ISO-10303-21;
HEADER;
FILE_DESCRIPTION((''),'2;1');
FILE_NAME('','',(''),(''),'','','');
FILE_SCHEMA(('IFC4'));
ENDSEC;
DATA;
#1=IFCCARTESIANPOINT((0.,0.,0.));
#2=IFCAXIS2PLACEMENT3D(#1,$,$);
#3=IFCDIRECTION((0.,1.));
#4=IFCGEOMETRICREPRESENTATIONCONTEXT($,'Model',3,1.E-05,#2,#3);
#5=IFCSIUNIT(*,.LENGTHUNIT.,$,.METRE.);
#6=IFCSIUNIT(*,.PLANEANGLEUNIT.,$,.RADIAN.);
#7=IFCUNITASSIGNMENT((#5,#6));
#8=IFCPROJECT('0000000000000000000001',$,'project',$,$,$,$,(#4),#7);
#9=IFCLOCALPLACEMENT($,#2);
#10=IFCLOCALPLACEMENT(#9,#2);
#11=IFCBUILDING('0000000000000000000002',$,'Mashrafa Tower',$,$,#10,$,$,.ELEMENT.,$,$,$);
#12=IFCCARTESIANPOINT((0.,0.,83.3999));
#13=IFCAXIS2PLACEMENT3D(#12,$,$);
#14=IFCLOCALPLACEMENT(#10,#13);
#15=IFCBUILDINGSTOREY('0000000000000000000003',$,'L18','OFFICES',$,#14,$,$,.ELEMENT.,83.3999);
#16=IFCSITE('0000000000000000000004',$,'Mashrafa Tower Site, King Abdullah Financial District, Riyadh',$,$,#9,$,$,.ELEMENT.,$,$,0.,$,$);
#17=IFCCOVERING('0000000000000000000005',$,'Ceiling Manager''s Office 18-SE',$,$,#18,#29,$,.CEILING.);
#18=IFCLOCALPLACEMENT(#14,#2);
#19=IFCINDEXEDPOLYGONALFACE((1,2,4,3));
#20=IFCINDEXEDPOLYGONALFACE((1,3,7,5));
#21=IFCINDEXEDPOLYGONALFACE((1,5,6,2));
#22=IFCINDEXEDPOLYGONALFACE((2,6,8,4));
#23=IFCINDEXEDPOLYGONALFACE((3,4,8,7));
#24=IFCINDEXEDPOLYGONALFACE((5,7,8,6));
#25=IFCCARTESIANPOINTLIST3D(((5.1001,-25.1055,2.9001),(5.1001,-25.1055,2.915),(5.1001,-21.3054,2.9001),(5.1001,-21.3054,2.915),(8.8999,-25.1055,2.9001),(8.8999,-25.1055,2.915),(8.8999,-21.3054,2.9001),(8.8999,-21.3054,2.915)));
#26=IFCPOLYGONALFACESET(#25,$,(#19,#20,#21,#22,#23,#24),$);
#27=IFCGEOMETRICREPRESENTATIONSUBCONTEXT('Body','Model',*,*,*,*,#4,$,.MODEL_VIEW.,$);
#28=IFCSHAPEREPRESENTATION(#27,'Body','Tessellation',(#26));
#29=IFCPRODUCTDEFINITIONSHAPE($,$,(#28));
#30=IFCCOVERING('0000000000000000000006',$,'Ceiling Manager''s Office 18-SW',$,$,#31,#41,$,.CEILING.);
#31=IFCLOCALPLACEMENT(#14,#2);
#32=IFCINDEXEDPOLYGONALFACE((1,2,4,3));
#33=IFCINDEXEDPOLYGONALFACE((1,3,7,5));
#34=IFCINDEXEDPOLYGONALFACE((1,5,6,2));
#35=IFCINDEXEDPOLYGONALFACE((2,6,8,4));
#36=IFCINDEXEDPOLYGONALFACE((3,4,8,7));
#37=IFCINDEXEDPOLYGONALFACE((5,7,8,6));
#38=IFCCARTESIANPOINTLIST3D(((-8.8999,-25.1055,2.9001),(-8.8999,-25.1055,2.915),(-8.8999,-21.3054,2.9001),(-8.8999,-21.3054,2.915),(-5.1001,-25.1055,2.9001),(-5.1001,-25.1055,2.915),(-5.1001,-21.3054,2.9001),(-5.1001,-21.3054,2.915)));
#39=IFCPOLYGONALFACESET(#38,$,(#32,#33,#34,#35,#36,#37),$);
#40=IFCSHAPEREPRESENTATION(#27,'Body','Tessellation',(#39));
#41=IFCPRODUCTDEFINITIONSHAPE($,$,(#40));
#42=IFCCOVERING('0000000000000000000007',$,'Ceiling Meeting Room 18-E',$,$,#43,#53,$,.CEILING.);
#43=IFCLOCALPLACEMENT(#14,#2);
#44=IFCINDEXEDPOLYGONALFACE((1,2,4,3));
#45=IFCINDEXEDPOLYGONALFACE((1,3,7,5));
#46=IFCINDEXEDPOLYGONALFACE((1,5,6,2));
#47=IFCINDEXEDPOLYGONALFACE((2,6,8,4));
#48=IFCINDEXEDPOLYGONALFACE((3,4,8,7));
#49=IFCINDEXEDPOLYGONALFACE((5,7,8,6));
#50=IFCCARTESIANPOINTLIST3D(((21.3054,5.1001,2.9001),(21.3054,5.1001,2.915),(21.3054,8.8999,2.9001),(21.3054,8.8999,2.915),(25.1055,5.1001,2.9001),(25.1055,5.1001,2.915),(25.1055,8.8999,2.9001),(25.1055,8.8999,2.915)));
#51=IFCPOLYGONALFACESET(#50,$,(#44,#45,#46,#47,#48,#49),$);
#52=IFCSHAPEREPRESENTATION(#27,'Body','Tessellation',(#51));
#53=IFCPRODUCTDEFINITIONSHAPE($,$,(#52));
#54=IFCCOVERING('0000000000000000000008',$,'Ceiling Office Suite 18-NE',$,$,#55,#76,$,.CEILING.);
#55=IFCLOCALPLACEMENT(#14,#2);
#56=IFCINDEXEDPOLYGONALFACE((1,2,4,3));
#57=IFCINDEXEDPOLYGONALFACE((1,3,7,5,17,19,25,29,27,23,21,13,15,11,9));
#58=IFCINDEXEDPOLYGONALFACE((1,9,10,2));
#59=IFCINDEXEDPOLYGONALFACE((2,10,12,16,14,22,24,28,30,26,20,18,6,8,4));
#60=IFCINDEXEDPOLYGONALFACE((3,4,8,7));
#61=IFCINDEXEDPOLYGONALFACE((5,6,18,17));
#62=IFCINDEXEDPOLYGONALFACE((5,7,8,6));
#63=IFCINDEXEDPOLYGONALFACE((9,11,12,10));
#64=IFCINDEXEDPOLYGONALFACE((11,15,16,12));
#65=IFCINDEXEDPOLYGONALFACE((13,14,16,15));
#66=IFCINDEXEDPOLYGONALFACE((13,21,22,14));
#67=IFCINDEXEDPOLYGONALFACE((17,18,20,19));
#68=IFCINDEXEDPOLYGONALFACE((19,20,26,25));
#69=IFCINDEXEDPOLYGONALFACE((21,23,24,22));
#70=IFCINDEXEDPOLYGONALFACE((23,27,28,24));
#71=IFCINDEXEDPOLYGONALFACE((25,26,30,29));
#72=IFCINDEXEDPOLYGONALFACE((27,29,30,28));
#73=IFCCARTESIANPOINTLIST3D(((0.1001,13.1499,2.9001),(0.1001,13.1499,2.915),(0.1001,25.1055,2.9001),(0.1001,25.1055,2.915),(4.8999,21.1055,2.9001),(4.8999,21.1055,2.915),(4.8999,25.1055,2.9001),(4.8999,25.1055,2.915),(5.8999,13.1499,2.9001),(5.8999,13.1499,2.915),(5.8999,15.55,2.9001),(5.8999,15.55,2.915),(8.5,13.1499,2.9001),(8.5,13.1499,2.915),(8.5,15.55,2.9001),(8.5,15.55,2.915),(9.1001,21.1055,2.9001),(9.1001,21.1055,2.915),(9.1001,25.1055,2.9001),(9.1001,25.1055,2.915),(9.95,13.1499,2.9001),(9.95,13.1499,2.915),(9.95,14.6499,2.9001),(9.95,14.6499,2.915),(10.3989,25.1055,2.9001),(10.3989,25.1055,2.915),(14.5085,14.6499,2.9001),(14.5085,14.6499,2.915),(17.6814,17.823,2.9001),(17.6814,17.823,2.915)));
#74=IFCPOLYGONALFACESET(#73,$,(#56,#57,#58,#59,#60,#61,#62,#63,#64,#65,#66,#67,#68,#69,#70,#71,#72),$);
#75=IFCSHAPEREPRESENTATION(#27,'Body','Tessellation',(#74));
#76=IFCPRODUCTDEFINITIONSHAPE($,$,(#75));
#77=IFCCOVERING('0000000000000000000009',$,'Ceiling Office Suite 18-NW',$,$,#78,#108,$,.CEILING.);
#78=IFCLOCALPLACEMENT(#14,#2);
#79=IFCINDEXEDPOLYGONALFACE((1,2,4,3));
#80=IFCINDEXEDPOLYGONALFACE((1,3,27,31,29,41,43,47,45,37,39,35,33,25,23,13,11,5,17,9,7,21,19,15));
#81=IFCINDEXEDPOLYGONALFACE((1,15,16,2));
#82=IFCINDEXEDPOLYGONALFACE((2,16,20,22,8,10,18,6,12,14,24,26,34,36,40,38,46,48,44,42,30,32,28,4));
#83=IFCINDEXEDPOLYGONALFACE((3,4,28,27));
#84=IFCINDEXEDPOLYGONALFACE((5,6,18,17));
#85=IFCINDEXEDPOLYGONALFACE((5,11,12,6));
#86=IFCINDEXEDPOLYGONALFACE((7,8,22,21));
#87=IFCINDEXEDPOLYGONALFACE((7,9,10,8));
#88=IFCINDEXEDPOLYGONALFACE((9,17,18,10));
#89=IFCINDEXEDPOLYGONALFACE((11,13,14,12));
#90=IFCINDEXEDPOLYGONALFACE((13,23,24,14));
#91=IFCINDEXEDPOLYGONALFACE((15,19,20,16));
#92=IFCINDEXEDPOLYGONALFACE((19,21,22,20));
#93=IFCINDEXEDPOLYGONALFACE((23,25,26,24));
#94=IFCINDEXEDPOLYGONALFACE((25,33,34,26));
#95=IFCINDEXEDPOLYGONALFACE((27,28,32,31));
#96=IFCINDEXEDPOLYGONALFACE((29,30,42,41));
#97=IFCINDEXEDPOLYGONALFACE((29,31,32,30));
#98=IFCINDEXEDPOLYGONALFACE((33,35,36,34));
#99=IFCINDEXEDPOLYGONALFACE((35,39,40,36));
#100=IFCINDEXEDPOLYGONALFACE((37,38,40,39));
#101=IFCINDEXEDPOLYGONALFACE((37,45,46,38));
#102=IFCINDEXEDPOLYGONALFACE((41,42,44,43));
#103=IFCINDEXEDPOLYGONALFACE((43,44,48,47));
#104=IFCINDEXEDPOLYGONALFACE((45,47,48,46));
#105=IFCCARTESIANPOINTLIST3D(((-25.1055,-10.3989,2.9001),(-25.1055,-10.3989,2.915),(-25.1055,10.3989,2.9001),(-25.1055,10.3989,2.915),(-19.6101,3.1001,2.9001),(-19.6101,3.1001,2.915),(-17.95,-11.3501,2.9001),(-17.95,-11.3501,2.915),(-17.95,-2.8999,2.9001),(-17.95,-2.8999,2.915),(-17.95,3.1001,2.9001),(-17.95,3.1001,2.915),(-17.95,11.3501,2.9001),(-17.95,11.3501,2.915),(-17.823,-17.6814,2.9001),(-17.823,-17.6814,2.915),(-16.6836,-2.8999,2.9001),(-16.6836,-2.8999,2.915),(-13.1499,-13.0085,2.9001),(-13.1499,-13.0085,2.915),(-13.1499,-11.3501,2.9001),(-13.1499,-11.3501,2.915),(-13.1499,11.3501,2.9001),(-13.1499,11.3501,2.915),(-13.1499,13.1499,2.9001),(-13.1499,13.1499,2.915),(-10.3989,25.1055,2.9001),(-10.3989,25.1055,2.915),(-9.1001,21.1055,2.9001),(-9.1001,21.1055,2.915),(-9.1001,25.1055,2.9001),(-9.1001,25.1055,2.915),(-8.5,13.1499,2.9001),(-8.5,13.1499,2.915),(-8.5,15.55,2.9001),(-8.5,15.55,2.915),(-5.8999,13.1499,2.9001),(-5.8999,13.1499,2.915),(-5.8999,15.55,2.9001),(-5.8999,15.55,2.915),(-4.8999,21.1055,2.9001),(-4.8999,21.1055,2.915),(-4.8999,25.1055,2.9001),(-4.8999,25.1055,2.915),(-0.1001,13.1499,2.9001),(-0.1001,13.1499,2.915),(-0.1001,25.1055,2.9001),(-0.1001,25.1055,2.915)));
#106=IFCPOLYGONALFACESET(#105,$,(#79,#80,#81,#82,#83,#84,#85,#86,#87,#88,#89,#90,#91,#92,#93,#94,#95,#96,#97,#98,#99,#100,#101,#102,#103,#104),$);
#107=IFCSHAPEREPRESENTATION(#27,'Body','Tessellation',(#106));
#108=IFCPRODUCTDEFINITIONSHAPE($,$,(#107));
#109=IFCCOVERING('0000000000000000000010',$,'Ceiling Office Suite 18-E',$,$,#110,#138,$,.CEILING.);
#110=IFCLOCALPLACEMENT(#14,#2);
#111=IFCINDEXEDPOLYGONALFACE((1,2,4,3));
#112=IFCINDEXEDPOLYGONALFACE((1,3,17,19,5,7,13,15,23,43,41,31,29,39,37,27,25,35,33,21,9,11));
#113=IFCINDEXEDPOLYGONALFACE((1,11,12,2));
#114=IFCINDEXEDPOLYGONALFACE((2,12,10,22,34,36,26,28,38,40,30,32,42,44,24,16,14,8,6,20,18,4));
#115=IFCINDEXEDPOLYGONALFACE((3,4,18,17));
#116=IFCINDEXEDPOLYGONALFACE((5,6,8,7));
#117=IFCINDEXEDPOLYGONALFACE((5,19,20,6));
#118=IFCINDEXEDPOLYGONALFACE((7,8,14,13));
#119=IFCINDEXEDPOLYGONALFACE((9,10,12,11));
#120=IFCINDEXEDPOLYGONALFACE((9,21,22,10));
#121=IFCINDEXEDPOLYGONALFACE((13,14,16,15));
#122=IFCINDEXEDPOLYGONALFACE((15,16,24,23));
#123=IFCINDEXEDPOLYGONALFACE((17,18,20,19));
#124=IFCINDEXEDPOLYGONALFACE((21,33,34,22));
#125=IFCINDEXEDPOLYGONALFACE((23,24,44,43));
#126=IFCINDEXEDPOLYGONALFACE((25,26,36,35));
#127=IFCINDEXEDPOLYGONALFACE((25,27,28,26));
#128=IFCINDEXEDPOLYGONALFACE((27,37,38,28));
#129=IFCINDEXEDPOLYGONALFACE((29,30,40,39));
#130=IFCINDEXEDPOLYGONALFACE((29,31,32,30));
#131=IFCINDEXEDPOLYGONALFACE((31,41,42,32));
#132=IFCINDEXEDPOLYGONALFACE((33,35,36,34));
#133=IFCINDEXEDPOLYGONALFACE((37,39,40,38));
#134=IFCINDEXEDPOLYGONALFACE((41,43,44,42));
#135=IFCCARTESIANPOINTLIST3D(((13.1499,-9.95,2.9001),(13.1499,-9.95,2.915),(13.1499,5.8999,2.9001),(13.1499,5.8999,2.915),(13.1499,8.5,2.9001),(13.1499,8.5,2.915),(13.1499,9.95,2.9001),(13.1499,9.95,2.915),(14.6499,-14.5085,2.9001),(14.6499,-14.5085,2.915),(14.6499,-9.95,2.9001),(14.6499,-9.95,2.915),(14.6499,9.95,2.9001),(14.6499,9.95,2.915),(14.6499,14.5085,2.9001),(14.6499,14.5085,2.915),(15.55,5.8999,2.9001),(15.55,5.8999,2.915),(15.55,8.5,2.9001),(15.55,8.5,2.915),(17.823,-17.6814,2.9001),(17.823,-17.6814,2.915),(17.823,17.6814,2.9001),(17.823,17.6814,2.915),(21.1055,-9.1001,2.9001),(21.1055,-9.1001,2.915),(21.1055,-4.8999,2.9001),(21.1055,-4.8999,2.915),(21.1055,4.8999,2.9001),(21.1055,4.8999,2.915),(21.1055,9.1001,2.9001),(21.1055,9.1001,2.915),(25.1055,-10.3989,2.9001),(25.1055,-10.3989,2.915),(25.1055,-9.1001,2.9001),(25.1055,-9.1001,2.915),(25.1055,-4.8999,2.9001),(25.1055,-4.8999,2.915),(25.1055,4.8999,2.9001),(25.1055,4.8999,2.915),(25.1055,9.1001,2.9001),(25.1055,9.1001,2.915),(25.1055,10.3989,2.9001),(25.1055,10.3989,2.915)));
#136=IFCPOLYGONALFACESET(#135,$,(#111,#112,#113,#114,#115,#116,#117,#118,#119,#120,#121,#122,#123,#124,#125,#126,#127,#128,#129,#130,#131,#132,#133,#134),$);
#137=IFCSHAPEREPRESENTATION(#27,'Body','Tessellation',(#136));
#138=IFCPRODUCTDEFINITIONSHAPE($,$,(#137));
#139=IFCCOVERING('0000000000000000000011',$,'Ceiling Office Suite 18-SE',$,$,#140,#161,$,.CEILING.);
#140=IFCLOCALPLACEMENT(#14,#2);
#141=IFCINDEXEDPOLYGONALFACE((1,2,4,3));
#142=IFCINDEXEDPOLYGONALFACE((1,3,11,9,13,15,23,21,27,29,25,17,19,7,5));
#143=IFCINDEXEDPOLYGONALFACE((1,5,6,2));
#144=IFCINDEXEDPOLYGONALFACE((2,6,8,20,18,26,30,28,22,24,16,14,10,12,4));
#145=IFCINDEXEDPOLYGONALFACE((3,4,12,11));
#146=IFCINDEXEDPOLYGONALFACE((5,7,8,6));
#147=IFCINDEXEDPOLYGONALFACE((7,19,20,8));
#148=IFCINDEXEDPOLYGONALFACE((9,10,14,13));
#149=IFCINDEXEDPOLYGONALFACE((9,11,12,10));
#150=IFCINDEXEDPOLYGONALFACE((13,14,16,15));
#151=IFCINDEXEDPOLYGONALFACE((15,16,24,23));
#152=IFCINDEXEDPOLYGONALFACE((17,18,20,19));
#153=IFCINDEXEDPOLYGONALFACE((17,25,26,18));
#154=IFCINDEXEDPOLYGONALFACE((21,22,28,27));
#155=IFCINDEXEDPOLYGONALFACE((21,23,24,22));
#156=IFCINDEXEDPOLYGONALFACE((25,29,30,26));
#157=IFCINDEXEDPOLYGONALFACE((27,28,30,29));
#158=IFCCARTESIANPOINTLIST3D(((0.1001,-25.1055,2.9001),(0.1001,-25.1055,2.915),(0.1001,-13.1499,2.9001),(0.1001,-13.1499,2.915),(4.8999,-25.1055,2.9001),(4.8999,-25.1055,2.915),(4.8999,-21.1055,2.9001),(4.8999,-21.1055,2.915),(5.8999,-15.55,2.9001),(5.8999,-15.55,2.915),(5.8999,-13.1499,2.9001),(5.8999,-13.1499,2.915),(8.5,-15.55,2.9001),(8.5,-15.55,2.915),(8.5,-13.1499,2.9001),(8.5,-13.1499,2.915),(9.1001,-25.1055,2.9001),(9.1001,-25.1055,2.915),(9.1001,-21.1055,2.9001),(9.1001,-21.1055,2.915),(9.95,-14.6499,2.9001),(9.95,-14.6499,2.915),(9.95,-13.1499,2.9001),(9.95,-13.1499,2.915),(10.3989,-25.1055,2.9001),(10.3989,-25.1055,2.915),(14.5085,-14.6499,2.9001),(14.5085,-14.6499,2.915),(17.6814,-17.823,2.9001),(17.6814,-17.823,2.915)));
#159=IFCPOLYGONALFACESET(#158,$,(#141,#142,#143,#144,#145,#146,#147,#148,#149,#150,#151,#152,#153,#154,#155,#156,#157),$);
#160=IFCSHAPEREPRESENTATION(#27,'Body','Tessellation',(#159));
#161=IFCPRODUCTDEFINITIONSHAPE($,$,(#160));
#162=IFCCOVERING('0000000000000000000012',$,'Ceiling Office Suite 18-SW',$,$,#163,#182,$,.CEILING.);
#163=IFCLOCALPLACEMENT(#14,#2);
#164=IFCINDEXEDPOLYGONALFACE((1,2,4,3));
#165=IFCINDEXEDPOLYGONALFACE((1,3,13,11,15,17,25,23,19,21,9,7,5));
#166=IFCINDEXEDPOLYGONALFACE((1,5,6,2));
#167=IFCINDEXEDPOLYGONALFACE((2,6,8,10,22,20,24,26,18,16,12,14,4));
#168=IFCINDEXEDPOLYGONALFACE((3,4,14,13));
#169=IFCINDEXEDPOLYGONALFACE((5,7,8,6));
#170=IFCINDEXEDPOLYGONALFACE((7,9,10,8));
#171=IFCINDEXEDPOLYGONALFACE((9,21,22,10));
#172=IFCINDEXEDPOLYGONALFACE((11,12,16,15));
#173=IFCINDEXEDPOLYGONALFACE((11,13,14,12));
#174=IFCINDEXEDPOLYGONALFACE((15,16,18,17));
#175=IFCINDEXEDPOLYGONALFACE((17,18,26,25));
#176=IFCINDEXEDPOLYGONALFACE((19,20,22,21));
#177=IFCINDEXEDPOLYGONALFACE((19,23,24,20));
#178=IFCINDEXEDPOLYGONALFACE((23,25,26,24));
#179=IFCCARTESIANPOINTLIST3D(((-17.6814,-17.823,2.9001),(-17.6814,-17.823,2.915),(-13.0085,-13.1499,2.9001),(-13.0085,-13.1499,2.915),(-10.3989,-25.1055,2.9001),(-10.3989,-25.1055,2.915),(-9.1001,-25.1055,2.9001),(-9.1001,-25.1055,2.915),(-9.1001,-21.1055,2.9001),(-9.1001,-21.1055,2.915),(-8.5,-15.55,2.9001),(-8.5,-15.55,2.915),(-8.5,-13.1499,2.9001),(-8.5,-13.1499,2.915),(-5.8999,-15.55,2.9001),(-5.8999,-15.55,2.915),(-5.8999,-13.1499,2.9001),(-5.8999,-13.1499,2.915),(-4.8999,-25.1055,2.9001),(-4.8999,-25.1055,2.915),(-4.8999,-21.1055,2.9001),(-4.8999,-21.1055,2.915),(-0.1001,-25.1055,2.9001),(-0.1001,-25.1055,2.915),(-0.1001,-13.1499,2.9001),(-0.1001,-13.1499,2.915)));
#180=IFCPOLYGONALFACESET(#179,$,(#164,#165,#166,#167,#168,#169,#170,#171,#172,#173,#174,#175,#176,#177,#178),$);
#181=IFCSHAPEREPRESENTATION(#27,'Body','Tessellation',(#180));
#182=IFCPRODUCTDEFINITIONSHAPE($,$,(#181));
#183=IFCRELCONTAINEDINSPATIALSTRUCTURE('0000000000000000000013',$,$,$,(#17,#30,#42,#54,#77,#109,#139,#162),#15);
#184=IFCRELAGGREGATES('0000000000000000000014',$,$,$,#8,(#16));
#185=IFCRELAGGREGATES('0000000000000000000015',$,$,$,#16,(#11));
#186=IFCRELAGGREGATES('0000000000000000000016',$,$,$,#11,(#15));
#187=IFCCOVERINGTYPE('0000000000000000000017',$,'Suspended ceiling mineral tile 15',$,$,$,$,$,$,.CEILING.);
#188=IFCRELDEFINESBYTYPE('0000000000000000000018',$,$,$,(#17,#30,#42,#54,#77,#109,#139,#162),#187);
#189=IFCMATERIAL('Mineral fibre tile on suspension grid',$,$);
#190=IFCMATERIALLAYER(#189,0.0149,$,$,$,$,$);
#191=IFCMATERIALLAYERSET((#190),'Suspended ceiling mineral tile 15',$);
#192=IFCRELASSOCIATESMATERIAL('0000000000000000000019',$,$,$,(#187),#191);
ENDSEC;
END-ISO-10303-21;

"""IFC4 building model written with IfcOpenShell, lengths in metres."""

from ifc_helpers import new_model, si_unit, direction, frame, origin, place, context, subcontext, project, spatial, polyline, outline, extrude, material, layer, layer_set, type_object, element, save


model = new_model("IFC4")

# Units and contexts
model_context = context("Model", 3, precision=1e-05, world=origin(), true_north=direction((0.0, 1.0)))
body_context = subcontext(model_context, "Body", "Model", "MODEL_VIEW")
ifc_project = project(units=[si_unit("LENGTHUNIT", "METRE"), si_unit("PLANEANGLEUNIT", "RADIAN")], contexts=[model_context])

# Site, building, storey
site_placement = place(None, origin())
site = spatial("IfcSite", under=ifc_project, at=site_placement, Name="Mashrafa Tower Site, King Abdullah Financial District, Riyadh", CompositionType="ELEMENT", RefElevation=0.0)
building_placement = place(site_placement, origin())
building = spatial("IfcBuilding", under=site, at=building_placement, Name="Mashrafa Tower", CompositionType="ELEMENT")
storey_placement = place(building_placement, frame((0.0, 0.0, 83.3999)))
storey = spatial("IfcBuildingStorey", under=building, at=storey_placement, Name="L18", Description="OFFICES", CompositionType="ELEMENT", Elevation=83.3999)

# Coverings
ifc_material_1 = material(Name="Mineral fibre tile on suspension grid")
ifc_layer_1 = layer(ifc_material_1, 0.0149)
ifc_layer_set_1 = layer_set([ifc_layer_1], Name="Suspended ceiling mineral tile 15")
covering_type = type_object("IfcCoveringType", Name="Suspended ceiling mineral tile 15", PredefinedType="CEILING", material=ifc_layer_set_1)
covering_1_placement = place(storey_placement, frame((0.0, 0.0, 2.9001)))
element("IfcCovering", 1, at=covering_1_placement, inside=storey, type_object=covering_type, Name="Ceiling Manager's Office 18-SE", PredefinedType="CEILING", context=body_context, shape_type="SweptSolid", body=[
    extrude(outline(polyline([(5.1001, -21.3054), (8.8999, -21.3054), (8.8999, -25.1055), (5.1001, -25.1055), (5.1001, -21.3054)])), origin(), (0.0, 0.0, 1.0), 0.0149),
])
covering_2_placement = place(storey_placement, frame((0.0, 0.0, 2.9001)))
element("IfcCovering", 2, at=covering_2_placement, inside=storey, type_object=covering_type, Name="Ceiling Manager's Office 18-SW", PredefinedType="CEILING", context=body_context, shape_type="SweptSolid", body=[
    extrude(outline(polyline([(-8.8999, -21.3054), (-5.1001, -21.3054), (-5.1001, -25.1055), (-8.8999, -25.1055), (-8.8999, -21.3054)])), origin(), (0.0, 0.0, 1.0), 0.0149),
])
covering_3_placement = place(storey_placement, frame((0.0, 0.0, 2.9001)))
element("IfcCovering", 3, at=covering_3_placement, inside=storey, type_object=covering_type, Name="Ceiling Meeting Room 18-E", PredefinedType="CEILING", context=body_context, shape_type="SweptSolid", body=[
    extrude(outline(polyline([(21.3054, 8.8999), (25.1055, 8.8999), (25.1055, 5.1001), (21.3054, 5.1001), (21.3054, 8.8999)])), origin(), (0.0, 0.0, 1.0), 0.0149),
])
covering_4_placement = place(storey_placement, frame((0.0, 0.0, 2.9001)))
element("IfcCovering", 4, at=covering_4_placement, inside=storey, type_object=covering_type, Name="Ceiling Office Suite 18-NE", PredefinedType="CEILING", context=body_context, shape_type="SweptSolid", body=[
    extrude(outline(polyline([(0.1001, 25.1055), (4.8999, 25.1055), (4.8999, 21.1055), (9.1001, 21.1055), (9.1001, 25.1055), (10.3989, 25.1055), (17.6814, 17.823), (14.5085, 14.6499), (9.95, 14.6499), (9.95, 13.1499), (8.5, 13.1499), (8.5, 15.55), (5.8999, 15.55), (5.8999, 13.1499), (0.1001, 13.1499), (0.1001, 25.1055)])), origin(), (0.0, 0.0, 1.0), 0.0149),
])
covering_5_placement = place(storey_placement, frame((0.0, 0.0, 2.9001)))
element("IfcCovering", 5, at=covering_5_placement, inside=storey, type_object=covering_type, Name="Ceiling Office Suite 18-NW", PredefinedType="CEILING", context=body_context, shape_type="SweptSolid", body=[
    extrude(outline(polyline([(-13.1499, -13.0085), (-17.823, -17.6814), (-25.1055, -10.3989), (-25.1055, 10.3989), (-10.3989, 25.1055), (-9.1001, 25.1055), (-9.1001, 21.1055), (-4.8999, 21.1055), (-4.8999, 25.1055), (-0.1001, 25.1055), (-0.1001, 13.1499), (-5.8999, 13.1499), (-5.8999, 15.55), (-8.5, 15.55), (-8.5, 13.1499), (-13.1499, 13.1499), (-13.1499, 11.3501), (-17.95, 11.3501), (-17.95, 3.1001), (-19.6101, 3.1001), (-16.6836, -2.8999), (-17.95, -2.8999), (-17.95, -11.3501), (-13.1499, -11.3501), (-13.1499, -13.0085)])), origin(), (0.0, 0.0, 1.0), 0.0149),
])
covering_6_placement = place(storey_placement, frame((0.0, 0.0, 2.9001)))
element("IfcCovering", 6, at=covering_6_placement, inside=storey, type_object=covering_type, Name="Ceiling Office Suite 18-E", PredefinedType="CEILING", context=body_context, shape_type="SweptSolid", body=[
    extrude(outline(polyline([(14.6499, 14.5085), (17.823, 17.6814), (25.1055, 10.3989), (25.1055, 9.1001), (21.1055, 9.1001), (21.1055, 4.8999), (25.1055, 4.8999), (25.1055, -4.8999), (21.1055, -4.8999), (21.1055, -9.1001), (25.1055, -9.1001), (25.1055, -10.3989), (17.823, -17.6814), (14.6499, -14.5085), (14.6499, -9.95), (13.1499, -9.95), (13.1499, 5.8999), (15.55, 5.8999), (15.55, 8.5), (13.1499, 8.5), (13.1499, 9.95), (14.6499, 9.95), (14.6499, 14.5085)])), origin(), (0.0, 0.0, 1.0), 0.0149),
])
covering_7_placement = place(storey_placement, frame((0.0, 0.0, 2.9001)))
element("IfcCovering", 7, at=covering_7_placement, inside=storey, type_object=covering_type, Name="Ceiling Office Suite 18-SE", PredefinedType="CEILING", context=body_context, shape_type="SweptSolid", body=[
    extrude(outline(polyline([(14.5085, -14.6499), (17.6814, -17.823), (10.3989, -25.1055), (9.1001, -25.1055), (9.1001, -21.1055), (4.8999, -21.1055), (4.8999, -25.1055), (0.1001, -25.1055), (0.1001, -13.1499), (5.8999, -13.1499), (5.8999, -15.55), (8.5, -15.55), (8.5, -13.1499), (9.95, -13.1499), (9.95, -14.6499), (14.5085, -14.6499)])), origin(), (0.0, 0.0, 1.0), 0.0149),
])
covering_8_placement = place(storey_placement, frame((0.0, 0.0, 2.9001)))
element("IfcCovering", 8, at=covering_8_placement, inside=storey, type_object=covering_type, Name="Ceiling Office Suite 18-SW", PredefinedType="CEILING", context=body_context, shape_type="SweptSolid", body=[
    extrude(outline(polyline([(-0.1001, -25.1055), (-4.8999, -25.1055), (-4.8999, -21.1055), (-9.1001, -21.1055), (-9.1001, -25.1055), (-10.3989, -25.1055), (-17.6814, -17.823), (-13.0085, -13.1499), (-8.5, -13.1499), (-8.5, -15.55), (-5.8999, -15.55), (-5.8999, -13.1499), (-0.1001, -13.1499), (-0.1001, -25.1055)])), origin(), (0.0, 0.0, 1.0), 0.0149),
])

save(model, "model.ifc")
